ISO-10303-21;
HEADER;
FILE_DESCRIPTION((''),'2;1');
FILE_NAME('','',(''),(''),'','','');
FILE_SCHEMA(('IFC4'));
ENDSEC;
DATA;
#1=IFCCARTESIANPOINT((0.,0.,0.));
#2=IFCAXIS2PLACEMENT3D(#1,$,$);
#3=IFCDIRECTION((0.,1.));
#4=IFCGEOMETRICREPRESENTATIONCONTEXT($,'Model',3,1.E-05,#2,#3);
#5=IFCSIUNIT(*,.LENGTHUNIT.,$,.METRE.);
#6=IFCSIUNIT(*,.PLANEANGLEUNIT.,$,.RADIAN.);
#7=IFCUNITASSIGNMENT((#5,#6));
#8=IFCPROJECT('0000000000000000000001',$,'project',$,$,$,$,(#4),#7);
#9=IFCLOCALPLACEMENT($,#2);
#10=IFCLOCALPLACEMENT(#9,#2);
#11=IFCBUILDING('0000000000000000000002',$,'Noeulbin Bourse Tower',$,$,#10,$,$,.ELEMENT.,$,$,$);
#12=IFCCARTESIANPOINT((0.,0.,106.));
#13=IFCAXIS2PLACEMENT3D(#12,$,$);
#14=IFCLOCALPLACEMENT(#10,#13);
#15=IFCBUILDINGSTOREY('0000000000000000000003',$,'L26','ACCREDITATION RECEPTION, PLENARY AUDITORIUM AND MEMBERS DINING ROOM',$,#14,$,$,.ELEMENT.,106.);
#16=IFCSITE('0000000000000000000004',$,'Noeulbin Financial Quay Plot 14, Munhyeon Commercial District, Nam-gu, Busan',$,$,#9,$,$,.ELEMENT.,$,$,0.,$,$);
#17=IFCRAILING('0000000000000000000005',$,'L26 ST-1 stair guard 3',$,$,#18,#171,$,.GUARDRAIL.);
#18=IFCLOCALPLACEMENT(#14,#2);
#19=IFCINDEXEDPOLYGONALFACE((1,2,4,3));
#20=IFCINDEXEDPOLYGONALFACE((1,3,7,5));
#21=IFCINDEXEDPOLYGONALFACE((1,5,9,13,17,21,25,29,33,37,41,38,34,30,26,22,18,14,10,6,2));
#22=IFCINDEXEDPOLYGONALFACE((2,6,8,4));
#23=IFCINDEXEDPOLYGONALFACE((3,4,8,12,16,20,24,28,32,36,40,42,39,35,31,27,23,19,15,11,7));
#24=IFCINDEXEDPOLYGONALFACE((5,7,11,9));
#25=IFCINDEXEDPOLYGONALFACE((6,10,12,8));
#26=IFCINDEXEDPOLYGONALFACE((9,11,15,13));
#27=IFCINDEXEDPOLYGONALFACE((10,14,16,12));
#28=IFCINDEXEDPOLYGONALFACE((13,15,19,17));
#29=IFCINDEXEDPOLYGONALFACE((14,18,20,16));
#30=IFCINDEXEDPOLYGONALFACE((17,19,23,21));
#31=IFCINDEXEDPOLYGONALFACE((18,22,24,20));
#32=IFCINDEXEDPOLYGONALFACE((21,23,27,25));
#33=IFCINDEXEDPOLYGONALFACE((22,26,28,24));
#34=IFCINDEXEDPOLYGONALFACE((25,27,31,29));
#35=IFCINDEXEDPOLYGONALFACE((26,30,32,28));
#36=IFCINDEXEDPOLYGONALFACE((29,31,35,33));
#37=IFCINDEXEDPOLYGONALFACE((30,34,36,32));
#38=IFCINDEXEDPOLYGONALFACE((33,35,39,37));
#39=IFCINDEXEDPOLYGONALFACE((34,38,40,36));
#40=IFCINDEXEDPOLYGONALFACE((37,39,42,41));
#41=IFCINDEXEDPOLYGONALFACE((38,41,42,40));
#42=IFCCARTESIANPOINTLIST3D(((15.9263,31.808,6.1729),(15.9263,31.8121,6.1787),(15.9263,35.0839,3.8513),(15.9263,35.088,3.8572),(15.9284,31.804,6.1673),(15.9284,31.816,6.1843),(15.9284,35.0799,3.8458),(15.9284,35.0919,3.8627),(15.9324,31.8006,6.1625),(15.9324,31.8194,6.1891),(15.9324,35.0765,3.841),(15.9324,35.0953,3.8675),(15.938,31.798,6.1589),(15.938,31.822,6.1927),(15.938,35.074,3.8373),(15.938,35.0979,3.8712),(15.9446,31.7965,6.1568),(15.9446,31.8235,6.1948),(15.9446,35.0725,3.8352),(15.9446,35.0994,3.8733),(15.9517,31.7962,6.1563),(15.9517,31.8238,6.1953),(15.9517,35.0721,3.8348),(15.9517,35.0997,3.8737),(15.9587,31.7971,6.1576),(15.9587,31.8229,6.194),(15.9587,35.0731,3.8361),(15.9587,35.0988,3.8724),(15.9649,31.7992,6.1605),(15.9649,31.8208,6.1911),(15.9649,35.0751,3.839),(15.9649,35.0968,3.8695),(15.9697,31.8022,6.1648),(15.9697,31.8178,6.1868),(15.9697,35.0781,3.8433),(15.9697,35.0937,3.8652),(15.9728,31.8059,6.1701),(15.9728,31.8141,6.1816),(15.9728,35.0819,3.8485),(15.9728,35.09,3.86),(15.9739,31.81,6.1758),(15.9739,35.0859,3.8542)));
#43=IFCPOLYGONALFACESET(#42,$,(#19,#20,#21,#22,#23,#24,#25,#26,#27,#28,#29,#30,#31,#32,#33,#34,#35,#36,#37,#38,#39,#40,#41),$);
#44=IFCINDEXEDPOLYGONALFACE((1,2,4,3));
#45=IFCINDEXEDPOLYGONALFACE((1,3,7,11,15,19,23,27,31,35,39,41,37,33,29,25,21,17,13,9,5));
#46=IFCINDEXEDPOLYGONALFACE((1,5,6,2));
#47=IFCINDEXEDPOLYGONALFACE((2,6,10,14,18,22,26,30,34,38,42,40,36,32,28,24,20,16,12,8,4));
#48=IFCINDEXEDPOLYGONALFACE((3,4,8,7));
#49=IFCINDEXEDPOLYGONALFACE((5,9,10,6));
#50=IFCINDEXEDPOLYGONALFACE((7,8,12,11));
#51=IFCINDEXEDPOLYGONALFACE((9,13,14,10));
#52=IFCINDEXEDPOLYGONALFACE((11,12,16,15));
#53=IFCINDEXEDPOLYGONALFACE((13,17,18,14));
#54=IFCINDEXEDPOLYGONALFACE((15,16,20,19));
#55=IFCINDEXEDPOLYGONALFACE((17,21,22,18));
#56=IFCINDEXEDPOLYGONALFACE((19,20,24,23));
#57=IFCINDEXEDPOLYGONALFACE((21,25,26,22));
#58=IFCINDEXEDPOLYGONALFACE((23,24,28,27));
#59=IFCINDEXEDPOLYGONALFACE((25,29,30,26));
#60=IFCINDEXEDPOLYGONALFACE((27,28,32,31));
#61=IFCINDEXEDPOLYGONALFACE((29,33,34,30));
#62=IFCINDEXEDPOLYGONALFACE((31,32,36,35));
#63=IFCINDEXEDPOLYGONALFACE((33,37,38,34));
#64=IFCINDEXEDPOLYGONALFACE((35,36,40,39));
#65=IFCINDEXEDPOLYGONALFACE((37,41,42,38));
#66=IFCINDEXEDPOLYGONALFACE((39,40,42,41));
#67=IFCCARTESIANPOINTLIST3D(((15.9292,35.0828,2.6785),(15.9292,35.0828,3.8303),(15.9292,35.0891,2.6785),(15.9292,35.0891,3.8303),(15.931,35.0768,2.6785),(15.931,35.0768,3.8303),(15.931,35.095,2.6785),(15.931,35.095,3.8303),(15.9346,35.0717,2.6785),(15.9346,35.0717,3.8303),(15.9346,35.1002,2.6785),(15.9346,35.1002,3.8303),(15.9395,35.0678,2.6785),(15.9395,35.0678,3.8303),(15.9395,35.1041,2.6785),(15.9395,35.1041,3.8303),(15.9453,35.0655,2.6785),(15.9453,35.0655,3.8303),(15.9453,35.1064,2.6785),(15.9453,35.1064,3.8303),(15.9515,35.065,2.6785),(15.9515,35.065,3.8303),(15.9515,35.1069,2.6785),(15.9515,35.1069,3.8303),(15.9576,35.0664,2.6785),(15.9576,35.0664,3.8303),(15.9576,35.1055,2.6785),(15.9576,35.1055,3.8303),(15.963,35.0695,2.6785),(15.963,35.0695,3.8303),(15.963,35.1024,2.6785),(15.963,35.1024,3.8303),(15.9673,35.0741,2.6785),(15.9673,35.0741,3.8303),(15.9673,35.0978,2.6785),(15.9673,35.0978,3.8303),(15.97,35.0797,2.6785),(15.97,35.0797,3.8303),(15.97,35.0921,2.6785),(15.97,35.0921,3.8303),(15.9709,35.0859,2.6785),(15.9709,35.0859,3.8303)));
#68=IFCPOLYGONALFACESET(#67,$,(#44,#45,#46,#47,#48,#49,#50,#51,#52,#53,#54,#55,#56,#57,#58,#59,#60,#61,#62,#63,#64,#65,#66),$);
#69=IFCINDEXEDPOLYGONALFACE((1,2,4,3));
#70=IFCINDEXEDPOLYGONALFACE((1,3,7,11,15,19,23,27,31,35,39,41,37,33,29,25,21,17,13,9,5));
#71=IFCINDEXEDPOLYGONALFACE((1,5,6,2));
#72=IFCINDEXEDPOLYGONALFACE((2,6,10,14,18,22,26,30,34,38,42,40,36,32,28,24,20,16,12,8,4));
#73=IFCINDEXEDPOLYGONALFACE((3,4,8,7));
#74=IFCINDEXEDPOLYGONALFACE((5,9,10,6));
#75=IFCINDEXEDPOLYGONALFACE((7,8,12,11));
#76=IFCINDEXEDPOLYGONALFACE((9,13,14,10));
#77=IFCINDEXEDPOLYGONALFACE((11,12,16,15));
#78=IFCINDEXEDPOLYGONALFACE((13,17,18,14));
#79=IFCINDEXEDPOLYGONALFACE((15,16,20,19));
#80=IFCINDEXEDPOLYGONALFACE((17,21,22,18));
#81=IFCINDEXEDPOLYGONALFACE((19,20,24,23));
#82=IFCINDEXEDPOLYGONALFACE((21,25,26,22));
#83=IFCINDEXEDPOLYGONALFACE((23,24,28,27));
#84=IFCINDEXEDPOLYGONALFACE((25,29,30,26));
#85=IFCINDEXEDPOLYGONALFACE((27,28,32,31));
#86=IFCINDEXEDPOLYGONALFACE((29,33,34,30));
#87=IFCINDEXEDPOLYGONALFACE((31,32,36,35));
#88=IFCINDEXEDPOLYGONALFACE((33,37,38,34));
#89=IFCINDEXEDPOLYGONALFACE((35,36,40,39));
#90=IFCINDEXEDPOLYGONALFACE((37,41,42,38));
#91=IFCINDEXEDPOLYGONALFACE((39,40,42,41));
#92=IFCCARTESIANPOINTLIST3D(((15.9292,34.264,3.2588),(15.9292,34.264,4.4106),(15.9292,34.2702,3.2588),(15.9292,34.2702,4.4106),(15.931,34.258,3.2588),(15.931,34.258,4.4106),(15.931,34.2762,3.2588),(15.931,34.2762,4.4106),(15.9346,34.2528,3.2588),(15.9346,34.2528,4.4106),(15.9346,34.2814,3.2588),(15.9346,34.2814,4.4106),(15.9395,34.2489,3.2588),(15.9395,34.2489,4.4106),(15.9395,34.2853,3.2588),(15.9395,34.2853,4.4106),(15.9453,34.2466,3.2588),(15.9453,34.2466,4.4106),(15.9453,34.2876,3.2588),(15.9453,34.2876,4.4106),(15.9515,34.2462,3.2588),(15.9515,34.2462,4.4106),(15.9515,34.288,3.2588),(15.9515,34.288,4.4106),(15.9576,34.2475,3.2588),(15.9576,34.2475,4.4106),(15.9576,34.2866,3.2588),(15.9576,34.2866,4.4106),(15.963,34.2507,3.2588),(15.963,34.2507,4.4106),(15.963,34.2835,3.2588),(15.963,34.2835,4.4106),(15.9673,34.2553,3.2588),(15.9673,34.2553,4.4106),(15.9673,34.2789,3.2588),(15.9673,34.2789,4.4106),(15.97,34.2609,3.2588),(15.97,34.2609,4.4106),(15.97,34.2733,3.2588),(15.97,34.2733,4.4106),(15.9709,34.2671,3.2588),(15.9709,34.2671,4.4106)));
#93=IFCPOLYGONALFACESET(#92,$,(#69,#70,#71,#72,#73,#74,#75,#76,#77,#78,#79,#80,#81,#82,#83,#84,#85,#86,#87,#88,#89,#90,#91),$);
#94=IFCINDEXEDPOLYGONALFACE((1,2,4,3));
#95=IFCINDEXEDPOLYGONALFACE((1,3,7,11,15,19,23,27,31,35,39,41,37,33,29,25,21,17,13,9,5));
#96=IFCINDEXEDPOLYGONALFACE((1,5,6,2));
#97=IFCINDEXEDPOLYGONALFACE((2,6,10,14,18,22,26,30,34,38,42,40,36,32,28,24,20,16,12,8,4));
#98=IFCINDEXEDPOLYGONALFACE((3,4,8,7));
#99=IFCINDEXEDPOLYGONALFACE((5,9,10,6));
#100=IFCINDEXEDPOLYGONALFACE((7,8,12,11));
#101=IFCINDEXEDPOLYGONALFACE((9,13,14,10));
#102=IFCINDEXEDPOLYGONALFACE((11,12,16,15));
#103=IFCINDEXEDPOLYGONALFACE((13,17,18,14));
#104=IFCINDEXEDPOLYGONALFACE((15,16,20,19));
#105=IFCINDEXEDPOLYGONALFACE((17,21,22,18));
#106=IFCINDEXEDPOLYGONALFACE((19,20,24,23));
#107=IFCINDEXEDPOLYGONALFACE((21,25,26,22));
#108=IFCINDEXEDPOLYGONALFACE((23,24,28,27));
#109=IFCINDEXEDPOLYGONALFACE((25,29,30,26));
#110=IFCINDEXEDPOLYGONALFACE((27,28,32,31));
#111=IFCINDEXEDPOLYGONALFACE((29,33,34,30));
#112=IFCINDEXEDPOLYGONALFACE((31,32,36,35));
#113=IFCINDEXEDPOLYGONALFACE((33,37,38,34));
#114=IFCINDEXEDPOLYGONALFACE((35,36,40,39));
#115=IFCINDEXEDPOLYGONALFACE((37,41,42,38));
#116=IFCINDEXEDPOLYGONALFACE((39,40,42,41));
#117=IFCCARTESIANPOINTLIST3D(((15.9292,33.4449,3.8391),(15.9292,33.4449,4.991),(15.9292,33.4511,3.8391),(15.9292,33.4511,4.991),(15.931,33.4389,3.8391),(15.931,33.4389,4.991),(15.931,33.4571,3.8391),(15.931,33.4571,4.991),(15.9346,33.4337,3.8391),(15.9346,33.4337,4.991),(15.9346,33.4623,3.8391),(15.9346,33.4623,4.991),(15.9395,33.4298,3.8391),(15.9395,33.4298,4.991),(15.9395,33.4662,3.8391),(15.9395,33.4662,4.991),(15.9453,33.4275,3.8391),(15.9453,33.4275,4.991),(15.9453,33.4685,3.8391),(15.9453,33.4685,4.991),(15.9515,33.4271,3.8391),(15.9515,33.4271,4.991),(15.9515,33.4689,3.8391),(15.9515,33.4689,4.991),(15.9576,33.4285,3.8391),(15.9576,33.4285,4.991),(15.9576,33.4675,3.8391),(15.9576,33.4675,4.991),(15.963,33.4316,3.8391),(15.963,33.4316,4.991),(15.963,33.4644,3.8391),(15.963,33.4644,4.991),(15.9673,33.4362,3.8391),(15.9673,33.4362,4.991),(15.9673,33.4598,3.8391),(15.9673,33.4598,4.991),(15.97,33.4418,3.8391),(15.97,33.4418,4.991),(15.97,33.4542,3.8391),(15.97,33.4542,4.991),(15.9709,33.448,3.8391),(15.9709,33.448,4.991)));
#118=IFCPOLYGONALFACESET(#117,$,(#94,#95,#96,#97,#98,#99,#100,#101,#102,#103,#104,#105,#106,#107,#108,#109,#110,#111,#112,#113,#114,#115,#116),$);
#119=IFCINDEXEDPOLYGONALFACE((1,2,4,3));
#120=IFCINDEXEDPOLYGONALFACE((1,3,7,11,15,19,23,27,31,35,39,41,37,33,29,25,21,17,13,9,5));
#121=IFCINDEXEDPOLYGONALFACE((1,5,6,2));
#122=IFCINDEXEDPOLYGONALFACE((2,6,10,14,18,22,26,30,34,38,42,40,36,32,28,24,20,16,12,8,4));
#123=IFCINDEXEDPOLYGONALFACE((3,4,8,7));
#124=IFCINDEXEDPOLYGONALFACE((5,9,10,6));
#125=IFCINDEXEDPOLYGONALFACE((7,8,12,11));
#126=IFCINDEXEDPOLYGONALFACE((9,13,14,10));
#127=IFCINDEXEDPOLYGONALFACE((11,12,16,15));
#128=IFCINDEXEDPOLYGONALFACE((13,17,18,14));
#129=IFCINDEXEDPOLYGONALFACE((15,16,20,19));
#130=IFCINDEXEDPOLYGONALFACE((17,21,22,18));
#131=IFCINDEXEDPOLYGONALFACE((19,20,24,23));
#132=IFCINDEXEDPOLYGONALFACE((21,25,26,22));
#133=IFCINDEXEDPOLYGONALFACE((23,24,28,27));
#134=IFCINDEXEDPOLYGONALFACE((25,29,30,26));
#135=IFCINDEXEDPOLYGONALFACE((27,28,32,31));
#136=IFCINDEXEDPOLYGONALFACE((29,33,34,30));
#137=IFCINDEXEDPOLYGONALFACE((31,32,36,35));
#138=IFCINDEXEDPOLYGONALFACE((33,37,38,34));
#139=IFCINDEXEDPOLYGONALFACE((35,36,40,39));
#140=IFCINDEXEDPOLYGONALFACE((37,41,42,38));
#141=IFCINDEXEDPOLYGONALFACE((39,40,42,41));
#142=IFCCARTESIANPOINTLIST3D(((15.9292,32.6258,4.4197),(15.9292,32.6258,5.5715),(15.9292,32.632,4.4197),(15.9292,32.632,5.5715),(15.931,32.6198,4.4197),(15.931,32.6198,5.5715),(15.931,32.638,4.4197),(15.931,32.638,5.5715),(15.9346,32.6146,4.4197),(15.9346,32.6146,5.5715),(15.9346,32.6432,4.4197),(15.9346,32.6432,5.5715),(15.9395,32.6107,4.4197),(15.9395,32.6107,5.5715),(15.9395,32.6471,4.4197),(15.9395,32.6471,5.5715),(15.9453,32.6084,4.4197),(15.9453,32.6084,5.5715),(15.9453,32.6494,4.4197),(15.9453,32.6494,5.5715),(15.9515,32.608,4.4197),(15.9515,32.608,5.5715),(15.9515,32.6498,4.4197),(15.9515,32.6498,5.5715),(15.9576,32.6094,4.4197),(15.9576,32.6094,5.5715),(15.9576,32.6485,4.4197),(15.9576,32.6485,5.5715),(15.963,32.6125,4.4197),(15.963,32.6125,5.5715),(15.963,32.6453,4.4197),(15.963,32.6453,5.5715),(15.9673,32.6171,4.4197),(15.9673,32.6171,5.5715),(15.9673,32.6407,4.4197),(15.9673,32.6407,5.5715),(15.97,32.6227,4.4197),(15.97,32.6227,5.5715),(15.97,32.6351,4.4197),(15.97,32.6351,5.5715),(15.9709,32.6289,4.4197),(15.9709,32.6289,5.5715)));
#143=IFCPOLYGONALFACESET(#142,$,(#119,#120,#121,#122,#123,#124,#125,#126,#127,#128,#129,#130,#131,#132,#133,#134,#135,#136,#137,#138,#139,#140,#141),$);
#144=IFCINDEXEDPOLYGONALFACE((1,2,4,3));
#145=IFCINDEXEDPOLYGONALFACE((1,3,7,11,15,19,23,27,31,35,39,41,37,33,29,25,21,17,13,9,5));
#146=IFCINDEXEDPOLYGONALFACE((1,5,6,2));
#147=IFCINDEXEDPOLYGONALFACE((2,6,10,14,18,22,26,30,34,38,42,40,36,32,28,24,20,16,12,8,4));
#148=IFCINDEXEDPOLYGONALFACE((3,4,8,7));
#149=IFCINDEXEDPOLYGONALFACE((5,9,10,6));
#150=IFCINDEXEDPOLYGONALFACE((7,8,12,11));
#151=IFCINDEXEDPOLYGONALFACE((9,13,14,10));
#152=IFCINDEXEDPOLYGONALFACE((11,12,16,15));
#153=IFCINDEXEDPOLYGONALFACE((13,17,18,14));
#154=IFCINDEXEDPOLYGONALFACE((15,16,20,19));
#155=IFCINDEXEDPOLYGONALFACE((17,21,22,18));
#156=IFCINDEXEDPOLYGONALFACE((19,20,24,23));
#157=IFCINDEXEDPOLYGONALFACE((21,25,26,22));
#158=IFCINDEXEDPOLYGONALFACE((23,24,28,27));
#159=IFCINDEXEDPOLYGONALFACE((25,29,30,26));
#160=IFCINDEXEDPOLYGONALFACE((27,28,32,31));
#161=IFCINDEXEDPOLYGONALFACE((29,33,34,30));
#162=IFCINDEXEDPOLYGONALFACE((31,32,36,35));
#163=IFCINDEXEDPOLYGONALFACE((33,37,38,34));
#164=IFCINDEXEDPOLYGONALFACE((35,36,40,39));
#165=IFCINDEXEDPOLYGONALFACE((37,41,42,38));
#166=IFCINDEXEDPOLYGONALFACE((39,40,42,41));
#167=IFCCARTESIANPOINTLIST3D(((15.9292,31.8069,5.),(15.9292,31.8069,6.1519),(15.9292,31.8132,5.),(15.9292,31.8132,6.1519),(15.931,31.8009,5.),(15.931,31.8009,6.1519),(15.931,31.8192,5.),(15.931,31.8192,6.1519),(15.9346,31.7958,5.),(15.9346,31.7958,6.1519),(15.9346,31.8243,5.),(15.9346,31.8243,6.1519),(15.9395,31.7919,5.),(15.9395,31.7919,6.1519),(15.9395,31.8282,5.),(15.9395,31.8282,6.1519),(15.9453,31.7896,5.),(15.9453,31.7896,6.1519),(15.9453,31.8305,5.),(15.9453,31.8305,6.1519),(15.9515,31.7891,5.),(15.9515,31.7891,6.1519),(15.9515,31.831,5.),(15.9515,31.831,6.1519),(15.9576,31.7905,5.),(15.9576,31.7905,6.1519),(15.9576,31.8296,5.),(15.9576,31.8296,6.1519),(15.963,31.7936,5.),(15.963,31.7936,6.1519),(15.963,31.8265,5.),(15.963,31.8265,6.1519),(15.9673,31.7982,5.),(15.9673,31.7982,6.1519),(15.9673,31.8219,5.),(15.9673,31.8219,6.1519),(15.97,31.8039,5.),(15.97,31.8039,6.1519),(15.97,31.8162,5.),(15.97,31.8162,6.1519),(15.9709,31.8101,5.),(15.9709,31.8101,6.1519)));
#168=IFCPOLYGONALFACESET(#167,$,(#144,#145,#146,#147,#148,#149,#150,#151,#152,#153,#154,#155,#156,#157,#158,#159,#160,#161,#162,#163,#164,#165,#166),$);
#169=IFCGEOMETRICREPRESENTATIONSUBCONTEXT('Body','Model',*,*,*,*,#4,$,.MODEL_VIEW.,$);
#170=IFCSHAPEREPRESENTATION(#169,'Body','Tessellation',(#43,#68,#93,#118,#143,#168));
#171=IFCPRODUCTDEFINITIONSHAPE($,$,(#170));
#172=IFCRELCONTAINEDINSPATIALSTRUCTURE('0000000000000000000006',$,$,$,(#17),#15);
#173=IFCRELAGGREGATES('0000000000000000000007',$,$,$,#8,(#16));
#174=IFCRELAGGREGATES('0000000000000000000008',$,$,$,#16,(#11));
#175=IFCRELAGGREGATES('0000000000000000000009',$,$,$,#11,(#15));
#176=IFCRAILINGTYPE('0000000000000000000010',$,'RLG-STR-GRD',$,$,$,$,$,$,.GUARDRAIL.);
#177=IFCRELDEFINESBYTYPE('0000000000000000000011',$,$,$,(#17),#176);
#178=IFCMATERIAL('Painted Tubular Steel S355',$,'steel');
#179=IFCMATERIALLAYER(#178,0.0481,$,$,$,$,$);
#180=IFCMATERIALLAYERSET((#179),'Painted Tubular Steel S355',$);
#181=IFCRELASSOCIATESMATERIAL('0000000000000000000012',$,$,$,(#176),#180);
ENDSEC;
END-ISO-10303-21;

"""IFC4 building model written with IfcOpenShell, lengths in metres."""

from ifc_helpers import new_model, si_unit, direction, frame, origin, origin_2d, place, context, subcontext, project, spatial, circle, extrude, material, layer, layer_set, type_object, element, save


model = new_model("IFC4")

# Units and contexts
model_context = context("Model", 3, precision=1e-05, world=origin(), true_north=direction((0.0, 1.0)))
body_context = subcontext(model_context, "Body", "Model", "MODEL_VIEW")
ifc_project = project(units=[si_unit("LENGTHUNIT", "METRE"), si_unit("PLANEANGLEUNIT", "RADIAN")], contexts=[model_context])

# Site, building, storey
site_placement = place(None, origin())
site = spatial("IfcSite", under=ifc_project, at=site_placement, Name="Noeulbin Financial Quay Plot 14, Munhyeon Commercial District, Nam-gu, Busan", CompositionType="ELEMENT", RefElevation=0.0)
building_placement = place(site_placement, origin())
building = spatial("IfcBuilding", under=site, at=building_placement, Name="Noeulbin Bourse Tower", CompositionType="ELEMENT")
storey_placement = place(building_placement, frame((0.0, 0.0, 106.0)))
storey = spatial("IfcBuildingStorey", under=building, at=storey_placement, Name="L26", Description="ACCREDITATION RECEPTION, PLENARY AUDITORIUM AND MEMBERS DINING ROOM", CompositionType="ELEMENT", Elevation=106.0)

# Railing
ifc_material_1 = material(Name="Painted Tubular Steel S355", Category="steel")
ifc_layer_1 = layer(ifc_material_1, 0.0481)
ifc_layer_set_1 = layer_set([ifc_layer_1], Name="Painted Tubular Steel S355")
railing_type_1 = type_object("IfcRailingType", Name="RLG-STR-GRD", PredefinedType="GUARDRAIL", material=ifc_layer_set_1)
railing_1_placement = place(storey_placement, frame((15.95, 35.0859, 2.6785)))
element("IfcRailing", 1, at=railing_1_placement, inside=storey, type_object=railing_type_1, Name="L26 ST-1 stair guard 3", PredefinedType="GUARDRAIL", context=body_context, shape_type="SweptSolid", body=[
    extrude(circle(Radius=0.0239, at=origin_2d()), frame((0.0, 0.0, 1.1758), z_axis=(0.0, -0.815893, 0.578203), x_axis=(1.0, 0.0, 0.0)), (0.0, 0.0, 1.0), 4.0151),
    extrude(circle(Radius=0.021, at=origin_2d()), origin(), (0.0, 0.0, 1.0), 1.1519),
    extrude(circle(Radius=0.021, at=origin_2d()), frame((0.0, -0.8188, 0.5803)), (0.0, 0.0, 1.0), 1.1519),
    extrude(circle(Radius=0.021, at=origin_2d()), frame((0.0, -1.6379, 1.1606)), (0.0, 0.0, 1.0), 1.1519),
    extrude(circle(Radius=0.021, at=origin_2d()), frame((0.0, -2.457, 1.7412)), (0.0, 0.0, 1.0), 1.1519),
    extrude(circle(Radius=0.021, at=origin_2d()), frame((0.0, -3.2759, 2.3215)), (0.0, 0.0, 1.0), 1.1519),
])

save(model, "model.ifc")
